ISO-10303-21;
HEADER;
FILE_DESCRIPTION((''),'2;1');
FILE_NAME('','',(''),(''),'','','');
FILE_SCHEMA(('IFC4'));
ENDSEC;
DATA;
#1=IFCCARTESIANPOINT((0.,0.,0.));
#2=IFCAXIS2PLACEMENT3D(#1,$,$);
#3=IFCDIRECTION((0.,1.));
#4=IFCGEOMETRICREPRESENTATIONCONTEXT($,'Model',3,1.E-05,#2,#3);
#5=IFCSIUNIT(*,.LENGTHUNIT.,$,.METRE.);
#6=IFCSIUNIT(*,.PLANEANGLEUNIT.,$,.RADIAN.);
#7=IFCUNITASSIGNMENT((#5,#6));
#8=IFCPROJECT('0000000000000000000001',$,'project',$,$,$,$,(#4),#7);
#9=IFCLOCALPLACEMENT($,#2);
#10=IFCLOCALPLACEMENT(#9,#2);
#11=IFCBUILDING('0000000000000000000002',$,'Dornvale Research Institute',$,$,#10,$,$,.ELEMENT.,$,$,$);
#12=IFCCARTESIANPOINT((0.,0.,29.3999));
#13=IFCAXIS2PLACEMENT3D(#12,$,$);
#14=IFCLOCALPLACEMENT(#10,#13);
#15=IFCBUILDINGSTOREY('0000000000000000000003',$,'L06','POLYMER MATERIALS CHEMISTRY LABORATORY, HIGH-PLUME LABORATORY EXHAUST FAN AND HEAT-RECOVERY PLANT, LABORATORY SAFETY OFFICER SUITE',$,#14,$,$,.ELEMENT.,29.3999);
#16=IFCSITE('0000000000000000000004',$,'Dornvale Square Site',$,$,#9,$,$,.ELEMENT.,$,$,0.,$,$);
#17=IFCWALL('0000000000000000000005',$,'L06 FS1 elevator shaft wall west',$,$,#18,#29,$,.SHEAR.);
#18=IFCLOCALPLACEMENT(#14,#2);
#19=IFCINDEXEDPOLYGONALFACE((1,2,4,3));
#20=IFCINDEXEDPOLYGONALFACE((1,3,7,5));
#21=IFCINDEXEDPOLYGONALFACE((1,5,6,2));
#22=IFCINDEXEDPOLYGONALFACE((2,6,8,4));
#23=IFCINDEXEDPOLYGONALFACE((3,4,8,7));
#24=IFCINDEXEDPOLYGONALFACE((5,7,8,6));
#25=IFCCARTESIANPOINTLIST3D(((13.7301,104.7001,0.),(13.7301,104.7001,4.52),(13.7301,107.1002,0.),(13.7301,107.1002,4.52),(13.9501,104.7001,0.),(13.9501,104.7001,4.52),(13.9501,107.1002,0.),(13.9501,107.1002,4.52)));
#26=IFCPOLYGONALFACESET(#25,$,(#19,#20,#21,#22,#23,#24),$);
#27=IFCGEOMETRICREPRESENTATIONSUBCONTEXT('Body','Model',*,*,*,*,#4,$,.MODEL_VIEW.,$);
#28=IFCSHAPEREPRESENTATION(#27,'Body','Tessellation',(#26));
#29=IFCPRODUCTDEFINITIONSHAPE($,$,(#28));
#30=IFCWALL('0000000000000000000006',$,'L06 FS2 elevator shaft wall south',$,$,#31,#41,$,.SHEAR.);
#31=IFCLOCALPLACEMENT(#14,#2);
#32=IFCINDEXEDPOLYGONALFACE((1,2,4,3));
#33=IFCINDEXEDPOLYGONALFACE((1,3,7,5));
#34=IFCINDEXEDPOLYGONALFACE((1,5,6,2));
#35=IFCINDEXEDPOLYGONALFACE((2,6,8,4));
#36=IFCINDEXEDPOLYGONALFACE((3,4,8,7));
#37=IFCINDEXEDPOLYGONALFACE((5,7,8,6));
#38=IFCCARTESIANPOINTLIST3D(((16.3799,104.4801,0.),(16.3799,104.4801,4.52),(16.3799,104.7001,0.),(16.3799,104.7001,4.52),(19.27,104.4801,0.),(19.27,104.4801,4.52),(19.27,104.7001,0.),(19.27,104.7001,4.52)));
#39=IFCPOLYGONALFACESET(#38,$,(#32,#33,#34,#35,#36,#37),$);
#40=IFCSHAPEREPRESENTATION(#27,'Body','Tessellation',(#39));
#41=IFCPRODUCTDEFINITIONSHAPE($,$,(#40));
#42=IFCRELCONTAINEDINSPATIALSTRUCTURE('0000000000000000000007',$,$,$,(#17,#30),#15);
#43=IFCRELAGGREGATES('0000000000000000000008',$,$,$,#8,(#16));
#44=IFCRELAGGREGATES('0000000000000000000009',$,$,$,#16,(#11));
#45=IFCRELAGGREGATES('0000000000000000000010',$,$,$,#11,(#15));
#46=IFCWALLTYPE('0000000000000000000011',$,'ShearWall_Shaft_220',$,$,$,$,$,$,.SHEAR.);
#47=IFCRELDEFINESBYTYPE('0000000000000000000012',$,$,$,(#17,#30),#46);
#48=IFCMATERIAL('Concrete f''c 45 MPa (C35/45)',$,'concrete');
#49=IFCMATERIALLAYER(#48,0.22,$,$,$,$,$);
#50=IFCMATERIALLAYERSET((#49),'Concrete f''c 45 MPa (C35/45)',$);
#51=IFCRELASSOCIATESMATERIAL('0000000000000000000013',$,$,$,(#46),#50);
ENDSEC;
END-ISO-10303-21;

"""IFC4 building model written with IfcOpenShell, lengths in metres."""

from ifc_helpers import new_model, si_unit, direction, frame, frame_2d, origin, place, context, subcontext, project, spatial, rectangle, extrude, material, layer, layer_set, type_object, element, save


model = new_model("IFC4")

# Units and contexts
model_context = context("Model", 3, precision=1e-05, world=origin(), true_north=direction((0.0, 1.0)))
body_context = subcontext(model_context, "Body", "Model", "MODEL_VIEW")
ifc_project = project(units=[si_unit("LENGTHUNIT", "METRE"), si_unit("PLANEANGLEUNIT", "RADIAN")], contexts=[model_context])

# Site, building, storey
site_placement = place(None, origin())
site = spatial("IfcSite", under=ifc_project, at=site_placement, Name="Dornvale Square Site", CompositionType="ELEMENT", RefElevation=0.0)
building_placement = place(site_placement, origin())
building = spatial("IfcBuilding", under=site, at=building_placement, Name="Dornvale Research Institute", CompositionType="ELEMENT")
storey_placement = place(building_placement, frame((0.0, 0.0, 29.3999)))
storey = spatial("IfcBuildingStorey", under=building, at=storey_placement, Name="L06", Description="POLYMER MATERIALS CHEMISTRY LABORATORY, HIGH-PLUME LABORATORY EXHAUST FAN AND HEAT-RECOVERY PLANT, LABORATORY SAFETY OFFICER SUITE", CompositionType="ELEMENT", Elevation=29.3999)

# Shared definitions
ifc_material_1 = material(Name="Concrete f'c 45 MPa (C35/45)", Category="concrete")
ifc_layer_1 = layer(ifc_material_1, 0.22)
ifc_layer_set_1 = layer_set([ifc_layer_1], Name="Concrete f'c 45 MPa (C35/45)")
wall_type_1 = type_object("IfcWallType", Name="ShearWall_Shaft_220", PredefinedType="SHEAR", material=ifc_layer_set_1)

# Walls
wall_1_placement = place(storey_placement, frame((13.8401, 104.7, 0.0), z_axis=(0.0, 0.0, 1.0), x_axis=(0.0, 1.0, 0.0)))
element("IfcWall", 1, at=wall_1_placement, inside=storey, type_object=wall_type_1, Name="L06 FS1 elevator shaft wall west", PredefinedType="SHEAR", context=body_context, shape_type="SweptSolid", body=[
    extrude(rectangle(XDim=2.4001, YDim=0.22, at=frame_2d((1.2002, 0.0))), origin(), (0.0, 0.0, 1.0), 4.52),
])
wall_2_placement = place(storey_placement, frame((16.3799, 104.5901, 0.0), z_axis=(0.0, 0.0, 1.0), x_axis=(1.0, 0.0, 0.0)))
element("IfcWall", 2, at=wall_2_placement, inside=storey, type_object=wall_type_1, Name="L06 FS2 elevator shaft wall south", PredefinedType="SHEAR", context=body_context, shape_type="SweptSolid", body=[
    extrude(rectangle(XDim=2.8901, YDim=0.22, at=frame_2d((1.4451, 0.0))), origin(), (0.0, 0.0, 1.0), 4.52),
])

save(model, "model.ifc")
